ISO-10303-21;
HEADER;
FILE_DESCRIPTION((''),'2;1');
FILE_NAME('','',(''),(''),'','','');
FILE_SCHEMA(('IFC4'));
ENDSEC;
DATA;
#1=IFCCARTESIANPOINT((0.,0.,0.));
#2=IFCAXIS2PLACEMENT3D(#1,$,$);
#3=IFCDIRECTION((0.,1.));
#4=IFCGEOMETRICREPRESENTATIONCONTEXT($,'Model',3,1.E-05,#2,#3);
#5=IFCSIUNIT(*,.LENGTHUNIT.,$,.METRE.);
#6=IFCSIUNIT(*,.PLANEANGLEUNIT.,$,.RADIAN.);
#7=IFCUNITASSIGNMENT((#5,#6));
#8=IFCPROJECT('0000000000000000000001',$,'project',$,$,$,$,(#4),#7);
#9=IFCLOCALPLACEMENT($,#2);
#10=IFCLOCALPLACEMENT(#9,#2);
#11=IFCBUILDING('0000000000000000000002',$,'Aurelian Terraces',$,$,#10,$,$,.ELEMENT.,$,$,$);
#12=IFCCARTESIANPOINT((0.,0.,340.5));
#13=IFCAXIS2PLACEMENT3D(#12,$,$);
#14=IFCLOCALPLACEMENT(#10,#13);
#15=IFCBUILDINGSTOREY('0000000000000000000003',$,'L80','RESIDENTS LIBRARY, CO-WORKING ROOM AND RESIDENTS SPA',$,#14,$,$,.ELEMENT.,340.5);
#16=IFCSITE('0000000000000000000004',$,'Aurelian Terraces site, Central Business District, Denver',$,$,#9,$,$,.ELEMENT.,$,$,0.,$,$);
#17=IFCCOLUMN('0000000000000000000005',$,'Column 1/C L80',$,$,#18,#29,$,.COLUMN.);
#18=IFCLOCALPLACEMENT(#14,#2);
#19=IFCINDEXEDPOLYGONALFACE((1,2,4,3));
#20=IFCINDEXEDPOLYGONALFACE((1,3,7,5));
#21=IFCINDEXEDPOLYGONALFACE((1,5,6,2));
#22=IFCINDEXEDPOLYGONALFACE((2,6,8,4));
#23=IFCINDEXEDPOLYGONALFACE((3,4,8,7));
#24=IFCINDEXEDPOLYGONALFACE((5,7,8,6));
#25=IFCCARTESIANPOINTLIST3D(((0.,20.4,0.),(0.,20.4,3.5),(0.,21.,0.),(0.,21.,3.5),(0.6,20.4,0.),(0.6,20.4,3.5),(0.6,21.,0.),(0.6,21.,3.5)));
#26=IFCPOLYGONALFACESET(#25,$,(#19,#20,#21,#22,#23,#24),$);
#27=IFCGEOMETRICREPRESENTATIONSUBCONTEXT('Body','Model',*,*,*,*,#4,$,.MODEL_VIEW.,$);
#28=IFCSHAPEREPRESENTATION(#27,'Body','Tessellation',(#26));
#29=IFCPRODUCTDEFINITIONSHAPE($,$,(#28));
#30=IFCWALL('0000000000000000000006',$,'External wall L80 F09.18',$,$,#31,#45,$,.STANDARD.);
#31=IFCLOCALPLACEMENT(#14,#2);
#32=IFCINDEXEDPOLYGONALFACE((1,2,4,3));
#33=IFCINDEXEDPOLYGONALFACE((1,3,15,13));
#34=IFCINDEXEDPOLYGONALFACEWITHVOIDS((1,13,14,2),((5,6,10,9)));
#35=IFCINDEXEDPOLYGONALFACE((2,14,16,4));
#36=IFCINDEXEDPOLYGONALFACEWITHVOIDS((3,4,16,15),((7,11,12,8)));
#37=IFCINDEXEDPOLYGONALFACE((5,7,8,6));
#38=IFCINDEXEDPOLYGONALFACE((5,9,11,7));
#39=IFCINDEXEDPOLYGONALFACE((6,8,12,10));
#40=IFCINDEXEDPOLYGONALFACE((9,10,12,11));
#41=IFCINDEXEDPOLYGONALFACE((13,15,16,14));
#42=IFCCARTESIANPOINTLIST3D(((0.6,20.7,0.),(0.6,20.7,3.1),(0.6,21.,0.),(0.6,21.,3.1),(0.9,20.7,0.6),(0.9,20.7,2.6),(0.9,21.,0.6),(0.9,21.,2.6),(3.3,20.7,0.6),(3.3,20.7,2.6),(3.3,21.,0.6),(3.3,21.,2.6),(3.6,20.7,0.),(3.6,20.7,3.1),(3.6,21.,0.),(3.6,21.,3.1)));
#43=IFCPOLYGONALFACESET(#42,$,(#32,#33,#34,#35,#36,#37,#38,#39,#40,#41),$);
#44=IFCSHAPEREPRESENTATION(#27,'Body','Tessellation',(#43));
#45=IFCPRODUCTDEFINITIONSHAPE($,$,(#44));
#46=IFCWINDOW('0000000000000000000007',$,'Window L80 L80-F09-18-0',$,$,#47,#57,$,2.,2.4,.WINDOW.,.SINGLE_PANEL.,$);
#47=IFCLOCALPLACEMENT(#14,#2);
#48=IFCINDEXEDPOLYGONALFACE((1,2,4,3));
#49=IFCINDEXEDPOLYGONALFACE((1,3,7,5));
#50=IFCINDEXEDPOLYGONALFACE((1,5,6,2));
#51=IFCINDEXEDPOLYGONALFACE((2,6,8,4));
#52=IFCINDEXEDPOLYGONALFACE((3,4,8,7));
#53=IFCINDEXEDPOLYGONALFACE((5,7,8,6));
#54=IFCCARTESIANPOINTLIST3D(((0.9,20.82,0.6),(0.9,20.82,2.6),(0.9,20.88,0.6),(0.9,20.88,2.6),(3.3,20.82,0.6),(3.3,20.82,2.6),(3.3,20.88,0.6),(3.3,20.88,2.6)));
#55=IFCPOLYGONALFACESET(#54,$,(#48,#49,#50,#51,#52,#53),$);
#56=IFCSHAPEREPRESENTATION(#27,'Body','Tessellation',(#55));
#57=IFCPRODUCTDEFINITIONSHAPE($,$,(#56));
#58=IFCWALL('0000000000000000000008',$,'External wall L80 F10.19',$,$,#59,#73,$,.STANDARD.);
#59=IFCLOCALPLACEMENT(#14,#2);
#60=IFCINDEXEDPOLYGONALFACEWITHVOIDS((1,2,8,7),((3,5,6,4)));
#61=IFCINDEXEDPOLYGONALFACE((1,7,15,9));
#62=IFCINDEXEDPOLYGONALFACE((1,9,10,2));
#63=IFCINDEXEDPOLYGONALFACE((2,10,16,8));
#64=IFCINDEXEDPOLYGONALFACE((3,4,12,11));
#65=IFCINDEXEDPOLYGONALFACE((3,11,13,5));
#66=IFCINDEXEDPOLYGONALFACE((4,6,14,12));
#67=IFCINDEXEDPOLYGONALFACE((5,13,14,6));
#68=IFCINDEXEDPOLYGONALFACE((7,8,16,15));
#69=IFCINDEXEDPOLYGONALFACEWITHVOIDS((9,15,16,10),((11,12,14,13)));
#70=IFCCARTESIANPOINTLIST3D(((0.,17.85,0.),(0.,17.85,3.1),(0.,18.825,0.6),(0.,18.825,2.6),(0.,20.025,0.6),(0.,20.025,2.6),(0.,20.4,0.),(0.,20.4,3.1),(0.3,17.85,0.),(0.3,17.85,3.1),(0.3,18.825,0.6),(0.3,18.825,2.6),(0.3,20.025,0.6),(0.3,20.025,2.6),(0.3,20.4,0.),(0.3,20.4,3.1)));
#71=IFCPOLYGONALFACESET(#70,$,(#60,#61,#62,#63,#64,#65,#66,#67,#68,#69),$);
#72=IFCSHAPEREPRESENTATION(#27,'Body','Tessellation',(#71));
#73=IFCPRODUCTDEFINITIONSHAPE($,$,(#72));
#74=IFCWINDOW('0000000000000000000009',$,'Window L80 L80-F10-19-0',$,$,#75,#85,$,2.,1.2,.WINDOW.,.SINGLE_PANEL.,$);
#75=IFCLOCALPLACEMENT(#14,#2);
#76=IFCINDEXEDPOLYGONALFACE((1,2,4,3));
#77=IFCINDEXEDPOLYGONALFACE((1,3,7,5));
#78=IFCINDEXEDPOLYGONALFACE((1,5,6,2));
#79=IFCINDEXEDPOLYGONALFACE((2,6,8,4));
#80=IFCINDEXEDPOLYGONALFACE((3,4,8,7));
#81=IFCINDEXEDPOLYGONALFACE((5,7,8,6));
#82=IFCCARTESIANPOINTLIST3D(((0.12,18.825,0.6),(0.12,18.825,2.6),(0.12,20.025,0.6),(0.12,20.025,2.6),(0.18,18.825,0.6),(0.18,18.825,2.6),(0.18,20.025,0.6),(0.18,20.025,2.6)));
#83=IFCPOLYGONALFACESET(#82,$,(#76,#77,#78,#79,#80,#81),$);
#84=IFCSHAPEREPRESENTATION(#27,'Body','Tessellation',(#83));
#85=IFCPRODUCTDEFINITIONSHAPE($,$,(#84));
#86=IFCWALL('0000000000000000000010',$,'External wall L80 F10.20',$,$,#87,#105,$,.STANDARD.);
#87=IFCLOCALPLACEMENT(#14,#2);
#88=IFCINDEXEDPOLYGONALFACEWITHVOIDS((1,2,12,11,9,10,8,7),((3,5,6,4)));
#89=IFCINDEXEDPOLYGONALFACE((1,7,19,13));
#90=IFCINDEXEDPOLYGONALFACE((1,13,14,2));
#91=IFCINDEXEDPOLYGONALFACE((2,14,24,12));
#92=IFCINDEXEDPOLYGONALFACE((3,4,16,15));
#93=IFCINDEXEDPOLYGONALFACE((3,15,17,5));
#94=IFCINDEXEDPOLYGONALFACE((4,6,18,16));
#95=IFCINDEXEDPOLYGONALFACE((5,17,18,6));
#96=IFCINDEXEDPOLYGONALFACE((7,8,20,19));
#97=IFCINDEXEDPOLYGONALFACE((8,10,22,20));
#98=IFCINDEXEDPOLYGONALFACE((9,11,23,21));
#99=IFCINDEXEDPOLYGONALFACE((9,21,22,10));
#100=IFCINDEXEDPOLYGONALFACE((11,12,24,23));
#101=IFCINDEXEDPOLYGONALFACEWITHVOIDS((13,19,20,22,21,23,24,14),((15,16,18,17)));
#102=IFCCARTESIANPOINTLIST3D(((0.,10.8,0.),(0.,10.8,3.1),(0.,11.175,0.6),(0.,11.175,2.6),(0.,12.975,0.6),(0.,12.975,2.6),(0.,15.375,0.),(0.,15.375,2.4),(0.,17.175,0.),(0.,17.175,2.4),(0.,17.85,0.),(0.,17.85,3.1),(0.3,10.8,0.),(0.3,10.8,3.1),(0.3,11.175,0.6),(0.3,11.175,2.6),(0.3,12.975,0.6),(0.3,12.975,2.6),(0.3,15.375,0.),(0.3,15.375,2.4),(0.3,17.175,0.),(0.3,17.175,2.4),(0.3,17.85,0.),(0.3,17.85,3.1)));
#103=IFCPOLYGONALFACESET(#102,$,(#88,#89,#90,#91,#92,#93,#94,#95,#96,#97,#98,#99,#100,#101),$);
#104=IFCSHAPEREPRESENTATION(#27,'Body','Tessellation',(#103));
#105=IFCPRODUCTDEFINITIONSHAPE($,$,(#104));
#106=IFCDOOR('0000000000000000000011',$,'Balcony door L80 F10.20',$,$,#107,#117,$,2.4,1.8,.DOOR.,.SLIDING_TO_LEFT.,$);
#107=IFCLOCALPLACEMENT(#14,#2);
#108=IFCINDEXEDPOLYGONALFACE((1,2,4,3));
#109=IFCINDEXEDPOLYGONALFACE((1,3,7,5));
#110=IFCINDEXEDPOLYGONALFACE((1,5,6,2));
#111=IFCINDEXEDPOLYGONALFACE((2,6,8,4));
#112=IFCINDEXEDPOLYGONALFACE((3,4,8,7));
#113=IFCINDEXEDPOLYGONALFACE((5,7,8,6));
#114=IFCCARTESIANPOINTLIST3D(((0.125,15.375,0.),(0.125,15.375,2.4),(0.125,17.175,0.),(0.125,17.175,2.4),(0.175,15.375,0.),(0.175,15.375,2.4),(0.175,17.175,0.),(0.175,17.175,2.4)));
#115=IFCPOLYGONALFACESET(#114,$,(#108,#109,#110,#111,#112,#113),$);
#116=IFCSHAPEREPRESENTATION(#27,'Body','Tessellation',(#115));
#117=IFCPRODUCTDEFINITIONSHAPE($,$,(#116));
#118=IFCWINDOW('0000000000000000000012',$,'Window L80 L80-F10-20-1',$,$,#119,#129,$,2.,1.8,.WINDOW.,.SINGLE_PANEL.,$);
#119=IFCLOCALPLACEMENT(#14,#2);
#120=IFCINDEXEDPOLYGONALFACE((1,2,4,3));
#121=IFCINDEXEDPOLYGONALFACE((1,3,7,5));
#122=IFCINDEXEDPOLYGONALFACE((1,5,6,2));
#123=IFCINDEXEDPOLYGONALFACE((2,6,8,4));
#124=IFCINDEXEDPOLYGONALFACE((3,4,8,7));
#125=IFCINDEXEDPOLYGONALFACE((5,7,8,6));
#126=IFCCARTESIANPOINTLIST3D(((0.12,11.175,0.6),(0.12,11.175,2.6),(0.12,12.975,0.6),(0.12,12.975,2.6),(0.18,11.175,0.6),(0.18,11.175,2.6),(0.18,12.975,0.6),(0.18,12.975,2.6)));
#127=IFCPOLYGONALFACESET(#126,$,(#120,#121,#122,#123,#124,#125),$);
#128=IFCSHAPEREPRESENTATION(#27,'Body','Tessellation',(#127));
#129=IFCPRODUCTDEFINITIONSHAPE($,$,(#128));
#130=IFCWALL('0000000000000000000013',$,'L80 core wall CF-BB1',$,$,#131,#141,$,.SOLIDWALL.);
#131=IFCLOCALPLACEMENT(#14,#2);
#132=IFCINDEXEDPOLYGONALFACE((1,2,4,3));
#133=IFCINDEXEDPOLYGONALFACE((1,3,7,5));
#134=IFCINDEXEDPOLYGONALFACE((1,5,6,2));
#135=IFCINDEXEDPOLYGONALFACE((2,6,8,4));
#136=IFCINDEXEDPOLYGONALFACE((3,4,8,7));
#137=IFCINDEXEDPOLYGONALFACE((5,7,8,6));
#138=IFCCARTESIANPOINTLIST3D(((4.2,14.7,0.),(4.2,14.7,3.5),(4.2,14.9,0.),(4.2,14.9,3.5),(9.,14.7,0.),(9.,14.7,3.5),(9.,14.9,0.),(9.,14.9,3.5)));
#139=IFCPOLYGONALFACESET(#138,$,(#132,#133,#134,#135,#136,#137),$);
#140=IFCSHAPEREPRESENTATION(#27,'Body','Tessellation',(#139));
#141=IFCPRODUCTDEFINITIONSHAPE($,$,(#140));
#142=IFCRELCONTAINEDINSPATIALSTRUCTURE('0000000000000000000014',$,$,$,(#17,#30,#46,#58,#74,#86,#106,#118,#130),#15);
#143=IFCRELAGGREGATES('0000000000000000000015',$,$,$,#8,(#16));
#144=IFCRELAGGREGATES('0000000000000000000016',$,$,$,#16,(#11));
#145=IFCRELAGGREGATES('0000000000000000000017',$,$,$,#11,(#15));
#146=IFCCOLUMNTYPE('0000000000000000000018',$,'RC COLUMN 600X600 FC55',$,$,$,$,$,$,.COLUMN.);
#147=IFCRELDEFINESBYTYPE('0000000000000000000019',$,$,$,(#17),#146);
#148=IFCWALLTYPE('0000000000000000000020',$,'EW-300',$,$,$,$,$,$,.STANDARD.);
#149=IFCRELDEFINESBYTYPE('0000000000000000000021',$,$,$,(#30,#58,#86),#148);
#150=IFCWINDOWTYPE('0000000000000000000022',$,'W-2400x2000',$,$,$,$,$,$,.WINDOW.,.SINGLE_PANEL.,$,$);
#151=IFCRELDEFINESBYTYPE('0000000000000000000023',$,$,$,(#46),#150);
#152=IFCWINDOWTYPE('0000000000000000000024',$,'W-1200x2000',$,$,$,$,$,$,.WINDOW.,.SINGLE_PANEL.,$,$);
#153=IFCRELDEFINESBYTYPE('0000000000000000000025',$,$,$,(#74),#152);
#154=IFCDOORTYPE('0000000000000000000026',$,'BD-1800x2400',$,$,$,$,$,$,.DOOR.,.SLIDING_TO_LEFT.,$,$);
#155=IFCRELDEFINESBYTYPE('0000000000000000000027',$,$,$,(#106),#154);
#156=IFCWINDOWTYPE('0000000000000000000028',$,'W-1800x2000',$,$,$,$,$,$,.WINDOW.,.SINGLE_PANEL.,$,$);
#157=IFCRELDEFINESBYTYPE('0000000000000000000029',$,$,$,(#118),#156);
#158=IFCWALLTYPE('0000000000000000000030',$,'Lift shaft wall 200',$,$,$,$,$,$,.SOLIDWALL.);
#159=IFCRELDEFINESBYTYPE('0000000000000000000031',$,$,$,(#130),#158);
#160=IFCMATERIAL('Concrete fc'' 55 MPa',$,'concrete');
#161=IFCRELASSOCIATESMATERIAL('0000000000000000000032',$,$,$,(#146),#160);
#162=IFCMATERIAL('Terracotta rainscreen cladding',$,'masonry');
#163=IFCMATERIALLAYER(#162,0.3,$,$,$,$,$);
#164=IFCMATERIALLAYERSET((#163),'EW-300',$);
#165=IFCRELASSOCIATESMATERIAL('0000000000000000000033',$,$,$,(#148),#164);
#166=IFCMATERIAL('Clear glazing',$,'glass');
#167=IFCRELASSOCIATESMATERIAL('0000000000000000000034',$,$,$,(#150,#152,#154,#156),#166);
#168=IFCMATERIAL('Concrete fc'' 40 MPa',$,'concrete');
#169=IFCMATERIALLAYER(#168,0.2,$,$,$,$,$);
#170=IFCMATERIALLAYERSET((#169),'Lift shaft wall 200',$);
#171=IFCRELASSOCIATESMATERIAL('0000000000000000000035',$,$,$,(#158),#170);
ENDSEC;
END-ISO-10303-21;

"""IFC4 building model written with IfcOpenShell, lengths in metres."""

from ifc_helpers import new_model, si_unit, direction, frame, frame_2d, origin, origin_2d, place, context, subcontext, project, spatial, rectangle, extrude, source, transform, mapped, material, layer, layer_set, material_profile, profile_set, type_object, element, fill, save


model = new_model("IFC4")

# Units and contexts
model_context = context("Model", 3, precision=1e-05, world=origin(), true_north=direction((0.0, 1.0)))
body_context = subcontext(model_context, "Body", "Model", "MODEL_VIEW")
ifc_project = project(units=[si_unit("LENGTHUNIT", "METRE"), si_unit("PLANEANGLEUNIT", "RADIAN")], contexts=[model_context])

# Site, building, storey
site_placement = place(None, origin())
site = spatial("IfcSite", under=ifc_project, at=site_placement, Name="Aurelian Terraces site, Central Business District, Denver", CompositionType="ELEMENT", RefElevation=0.0)
building_placement = place(site_placement, origin())
building = spatial("IfcBuilding", under=site, at=building_placement, Name="Aurelian Terraces", CompositionType="ELEMENT")
storey_placement = place(building_placement, frame((0.0, 0.0, 340.5)))
storey = spatial("IfcBuildingStorey", under=building, at=storey_placement, Name="L80", Description="RESIDENTS LIBRARY, CO-WORKING ROOM AND RESIDENTS SPA", CompositionType="ELEMENT", Elevation=340.5)

# Column
ifc_material_1 = material(Name="Concrete fc' 55 MPa", Category="concrete")
ifc_material_profile = material_profile(ifc_material_1, rectangle(XDim=0.6, YDim=0.6, at=origin_2d()))
ifc_profile_set = profile_set([ifc_material_profile], Name="Concrete fc' 55 MPa")
column_type = type_object("IfcColumnType", Name="RC COLUMN 600X600 FC55", PredefinedType="COLUMN", material=ifc_profile_set)
shared_shape_1 = source(origin(), body_context, "Body", "SweptSolid", [
    extrude(rectangle(XDim=0.6, YDim=0.6, at=origin_2d()), origin(), (0.0, 0.0, 1.0), 3.5),
])
column_placement = place(storey_placement, frame((0.3, 20.7, 0.0), z_axis=(0.0, 0.0, 1.0), x_axis=(1.0, 0.0, 0.0)))
element("IfcColumn", 1, at=column_placement, inside=storey, type_object=column_type, Name="Column 1/C L80", PredefinedType="COLUMN", context=body_context, shape_type="MappedRepresentation", body=[
    mapped(shared_shape_1, transform((0.0, 0.0, 0.0), scale=1.0)),
])

# Walls, openings, windows
ifc_material_2 = material(Name="Terracotta rainscreen cladding", Category="masonry")
ifc_layer_1 = layer(ifc_material_2, 0.3)
ifc_layer_set_1 = layer_set([ifc_layer_1], Name="EW-300")
wall_type_1 = type_object("IfcWallType", Name="EW-300", PredefinedType="STANDARD", material=ifc_layer_set_1)
shared_shape_2 = source(origin(), body_context, "Body", "SweptSolid", [
    extrude(rectangle(XDim=3.0, YDim=0.3, at=frame_2d((1.5, 0.0))), origin(), (0.0, 0.0, 1.0), 3.1),
])
wall_1_placement = place(storey_placement, frame((3.6, 20.85, 0.0), z_axis=(0.0, 0.0, 1.0), x_axis=(-1.0, 0.0, 0.0)))
wall_1 = element("IfcWall", 2, at=wall_1_placement, inside=storey, type_object=wall_type_1, Name="External wall L80 F09.18", PredefinedType="STANDARD", context=body_context, shape_type="MappedRepresentation", body=[
    mapped(shared_shape_2, transform((0.0, 0.0, 0.0), scale=1.0)),
])
shared_shape_3 = source(origin(), body_context, "Body", "SweptSolid", [
    extrude(rectangle(XDim=2.4, YDim=2.0, at=frame_2d((1.2, 1.0))), frame((0.0, 0.16, 0.0), z_axis=(0.0, -1.0, 0.0), x_axis=(1.0, 0.0, 0.0)), (0.0, 0.0, 1.0), 0.32),
])
opening_1_placement = place(wall_1_placement, frame((0.3, 0.0, 0.6)))
opening_1 = element("IfcOpeningElement", 3, at=opening_1_placement, cuts=wall_1, PredefinedType="OPENING", context=body_context, shape_type="MappedRepresentation", body=[
    mapped(shared_shape_3, transform((0.0, 0.0, 0.0), scale=1.0)),
])
ifc_material_3 = material(Name="Clear glazing", Category="glass")
window_type_1 = type_object("IfcWindowType", Name="W-2400x2000", PartitioningType="SINGLE_PANEL", PredefinedType="WINDOW", material=ifc_material_3)
shared_shape_4 = source(origin(), body_context, "Body", "SweptSolid", [
    extrude(rectangle(XDim=2.4, YDim=2.0, at=frame_2d((1.2, 1.0))), frame((0.0, 0.03, 0.0), z_axis=(0.0, -1.0, 0.0), x_axis=(1.0, 0.0, 0.0)), (0.0, 0.0, 1.0), 0.06),
])
window_1_placement = place(opening_1_placement, origin())
window_1 = element("IfcWindow", 4, at=window_1_placement, inside=storey, type_object=window_type_1, Name="Window L80 L80-F09-18-0", OverallHeight=2.0, OverallWidth=2.4, PartitioningType="SINGLE_PANEL", PredefinedType="WINDOW", context=body_context, shape_type="MappedRepresentation", body=[
    mapped(shared_shape_4, transform((0.0, 0.0, 0.0), scale=1.0)),
])
fill(opening_1, window_1)
shared_shape_5 = source(origin(), body_context, "Body", "SweptSolid", [
    extrude(rectangle(XDim=2.55, YDim=0.3, at=frame_2d((1.275, 0.0))), origin(), (0.0, 0.0, 1.0), 3.1),
])
wall_2_placement = place(storey_placement, frame((0.15, 20.4, 0.0), z_axis=(0.0, 0.0, 1.0), x_axis=(0.0, -1.0, 0.0)))
wall_2 = element("IfcWall", 5, at=wall_2_placement, inside=storey, type_object=wall_type_1, Name="External wall L80 F10.19", PredefinedType="STANDARD", context=body_context, shape_type="MappedRepresentation", body=[
    mapped(shared_shape_5, transform((0.0, 0.0, 0.0), scale=1.0)),
])
shared_shape_6 = source(origin(), body_context, "Body", "SweptSolid", [
    extrude(rectangle(XDim=1.2, YDim=2.0, at=frame_2d((0.6, 1.0))), frame((0.0, 0.16, 0.0), z_axis=(0.0, -1.0, 0.0), x_axis=(1.0, 0.0, 0.0)), (0.0, 0.0, 1.0), 0.32),
])
opening_2_placement = place(wall_2_placement, frame((0.375, 0.0, 0.6)))
opening_2 = element("IfcOpeningElement", 6, at=opening_2_placement, cuts=wall_2, PredefinedType="OPENING", context=body_context, shape_type="MappedRepresentation", body=[
    mapped(shared_shape_6, transform((0.0, 0.0, 0.0), scale=1.0)),
])
window_type_2 = type_object("IfcWindowType", Name="W-1200x2000", PartitioningType="SINGLE_PANEL", PredefinedType="WINDOW", material=ifc_material_3)
shared_shape_7 = source(origin(), body_context, "Body", "SweptSolid", [
    extrude(rectangle(XDim=1.2, YDim=2.0, at=frame_2d((0.6, 1.0))), frame((0.0, 0.03, 0.0), z_axis=(0.0, -1.0, 0.0), x_axis=(1.0, 0.0, 0.0)), (0.0, 0.0, 1.0), 0.06),
])
window_2_placement = place(opening_2_placement, origin())
window_2 = element("IfcWindow", 7, at=window_2_placement, inside=storey, type_object=window_type_2, Name="Window L80 L80-F10-19-0", OverallHeight=2.0, OverallWidth=1.2, PartitioningType="SINGLE_PANEL", PredefinedType="WINDOW", context=body_context, shape_type="MappedRepresentation", body=[
    mapped(shared_shape_7, transform((0.0, 0.0, 0.0), scale=1.0)),
])
fill(opening_2, window_2)

# Wall, openings, door, window
shared_shape_8 = source(origin(), body_context, "Body", "SweptSolid", [
    extrude(rectangle(XDim=7.05, YDim=0.3, at=frame_2d((3.525, 0.0))), origin(), (0.0, 0.0, 1.0), 3.1),
])
wall_3_placement = place(storey_placement, frame((0.15, 17.85, 0.0), z_axis=(0.0, 0.0, 1.0), x_axis=(0.0, -1.0, 0.0)))
wall_3 = element("IfcWall", 8, at=wall_3_placement, inside=storey, type_object=wall_type_1, Name="External wall L80 F10.20", PredefinedType="STANDARD", context=body_context, shape_type="MappedRepresentation", body=[
    mapped(shared_shape_8, transform((0.0, 0.0, 0.0), scale=1.0)),
])
shared_shape_9 = source(origin(), body_context, "Body", "SweptSolid", [
    extrude(rectangle(XDim=1.8, YDim=2.4, at=frame_2d((0.9, 1.2))), frame((0.0, 0.16, 0.0), z_axis=(0.0, -1.0, 0.0), x_axis=(1.0, 0.0, 0.0)), (0.0, 0.0, 1.0), 0.32),
])
opening_3_placement = place(wall_3_placement, frame((0.675, 0.0, 0.0)))
opening_3 = element("IfcOpeningElement", 9, at=opening_3_placement, cuts=wall_3, PredefinedType="OPENING", context=body_context, shape_type="MappedRepresentation", body=[
    mapped(shared_shape_9, transform((0.0, 0.0, 0.0), scale=1.0)),
])
shared_shape_10 = source(origin(), body_context, "Body", "SweptSolid", [
    extrude(rectangle(XDim=1.8, YDim=2.0, at=frame_2d((0.9, 1.0))), frame((0.0, 0.16, 0.0), z_axis=(0.0, -1.0, 0.0), x_axis=(1.0, 0.0, 0.0)), (0.0, 0.0, 1.0), 0.32),
])
opening_4_placement = place(wall_3_placement, frame((4.875, 0.0, 0.6)))
opening_4 = element("IfcOpeningElement", 10, at=opening_4_placement, cuts=wall_3, PredefinedType="OPENING", context=body_context, shape_type="MappedRepresentation", body=[
    mapped(shared_shape_10, transform((0.0, 0.0, 0.0), scale=1.0)),
])
door_type_1 = type_object("IfcDoorType", Name="BD-1800x2400", OperationType="SLIDING_TO_LEFT", PredefinedType="DOOR", material=ifc_material_3)
shared_shape_11 = source(origin(), body_context, "Body", "SweptSolid", [
    extrude(rectangle(XDim=1.8, YDim=2.4, at=frame_2d((0.9, 1.2))), frame((0.0, 0.025, 0.0), z_axis=(0.0, -1.0, 0.0), x_axis=(1.0, 0.0, 0.0)), (0.0, 0.0, 1.0), 0.05),
])
door_1_placement = place(opening_3_placement, origin())
door_1 = element("IfcDoor", 11, at=door_1_placement, inside=storey, type_object=door_type_1, Name="Balcony door L80 F10.20", OperationType="SLIDING_TO_LEFT", OverallHeight=2.4, OverallWidth=1.8, PredefinedType="DOOR", context=body_context, shape_type="MappedRepresentation", body=[
    mapped(shared_shape_11, transform((0.0, 0.0, 0.0), scale=1.0)),
])
fill(opening_3, door_1)
window_type_3 = type_object("IfcWindowType", Name="W-1800x2000", PartitioningType="SINGLE_PANEL", PredefinedType="WINDOW", material=ifc_material_3)
shared_shape_12 = source(origin(), body_context, "Body", "SweptSolid", [
    extrude(rectangle(XDim=1.8, YDim=2.0, at=frame_2d((0.9, 1.0))), frame((0.0, 0.03, 0.0), z_axis=(0.0, -1.0, 0.0), x_axis=(1.0, 0.0, 0.0)), (0.0, 0.0, 1.0), 0.06),
])
window_3_placement = place(opening_4_placement, origin())
window_3 = element("IfcWindow", 12, at=window_3_placement, inside=storey, type_object=window_type_3, Name="Window L80 L80-F10-20-1", OverallHeight=2.0, OverallWidth=1.8, PartitioningType="SINGLE_PANEL", PredefinedType="WINDOW", context=body_context, shape_type="MappedRepresentation", body=[
    mapped(shared_shape_12, transform((0.0, 0.0, 0.0), scale=1.0)),
])
fill(opening_4, window_3)

# Wall
ifc_material_4 = material(Name="Concrete fc' 40 MPa", Category="concrete")
ifc_layer_2 = layer(ifc_material_4, 0.2)
ifc_layer_set_2 = layer_set([ifc_layer_2], Name="Lift shaft wall 200")
wall_type_2 = type_object("IfcWallType", Name="Lift shaft wall 200", PredefinedType="SOLIDWALL", material=ifc_layer_set_2)
shared_shape_13 = source(origin(), body_context, "Body", "SweptSolid", [
    extrude(rectangle(XDim=4.8, YDim=0.2, at=frame_2d((2.4, 0.0))), origin(), (0.0, 0.0, 1.0), 3.5),
])
wall_4_placement = place(storey_placement, frame((4.2, 14.8, 0.0), z_axis=(0.0, 0.0, 1.0), x_axis=(1.0, 0.0, 0.0)))
element("IfcWall", 13, at=wall_4_placement, inside=storey, type_object=wall_type_2, Name="L80 core wall CF-BB1", PredefinedType="SOLIDWALL", context=body_context, shape_type="MappedRepresentation", body=[
    mapped(shared_shape_13, transform((0.0, 0.0, 0.0), scale=1.0)),
])

save(model, "model.ifc")
